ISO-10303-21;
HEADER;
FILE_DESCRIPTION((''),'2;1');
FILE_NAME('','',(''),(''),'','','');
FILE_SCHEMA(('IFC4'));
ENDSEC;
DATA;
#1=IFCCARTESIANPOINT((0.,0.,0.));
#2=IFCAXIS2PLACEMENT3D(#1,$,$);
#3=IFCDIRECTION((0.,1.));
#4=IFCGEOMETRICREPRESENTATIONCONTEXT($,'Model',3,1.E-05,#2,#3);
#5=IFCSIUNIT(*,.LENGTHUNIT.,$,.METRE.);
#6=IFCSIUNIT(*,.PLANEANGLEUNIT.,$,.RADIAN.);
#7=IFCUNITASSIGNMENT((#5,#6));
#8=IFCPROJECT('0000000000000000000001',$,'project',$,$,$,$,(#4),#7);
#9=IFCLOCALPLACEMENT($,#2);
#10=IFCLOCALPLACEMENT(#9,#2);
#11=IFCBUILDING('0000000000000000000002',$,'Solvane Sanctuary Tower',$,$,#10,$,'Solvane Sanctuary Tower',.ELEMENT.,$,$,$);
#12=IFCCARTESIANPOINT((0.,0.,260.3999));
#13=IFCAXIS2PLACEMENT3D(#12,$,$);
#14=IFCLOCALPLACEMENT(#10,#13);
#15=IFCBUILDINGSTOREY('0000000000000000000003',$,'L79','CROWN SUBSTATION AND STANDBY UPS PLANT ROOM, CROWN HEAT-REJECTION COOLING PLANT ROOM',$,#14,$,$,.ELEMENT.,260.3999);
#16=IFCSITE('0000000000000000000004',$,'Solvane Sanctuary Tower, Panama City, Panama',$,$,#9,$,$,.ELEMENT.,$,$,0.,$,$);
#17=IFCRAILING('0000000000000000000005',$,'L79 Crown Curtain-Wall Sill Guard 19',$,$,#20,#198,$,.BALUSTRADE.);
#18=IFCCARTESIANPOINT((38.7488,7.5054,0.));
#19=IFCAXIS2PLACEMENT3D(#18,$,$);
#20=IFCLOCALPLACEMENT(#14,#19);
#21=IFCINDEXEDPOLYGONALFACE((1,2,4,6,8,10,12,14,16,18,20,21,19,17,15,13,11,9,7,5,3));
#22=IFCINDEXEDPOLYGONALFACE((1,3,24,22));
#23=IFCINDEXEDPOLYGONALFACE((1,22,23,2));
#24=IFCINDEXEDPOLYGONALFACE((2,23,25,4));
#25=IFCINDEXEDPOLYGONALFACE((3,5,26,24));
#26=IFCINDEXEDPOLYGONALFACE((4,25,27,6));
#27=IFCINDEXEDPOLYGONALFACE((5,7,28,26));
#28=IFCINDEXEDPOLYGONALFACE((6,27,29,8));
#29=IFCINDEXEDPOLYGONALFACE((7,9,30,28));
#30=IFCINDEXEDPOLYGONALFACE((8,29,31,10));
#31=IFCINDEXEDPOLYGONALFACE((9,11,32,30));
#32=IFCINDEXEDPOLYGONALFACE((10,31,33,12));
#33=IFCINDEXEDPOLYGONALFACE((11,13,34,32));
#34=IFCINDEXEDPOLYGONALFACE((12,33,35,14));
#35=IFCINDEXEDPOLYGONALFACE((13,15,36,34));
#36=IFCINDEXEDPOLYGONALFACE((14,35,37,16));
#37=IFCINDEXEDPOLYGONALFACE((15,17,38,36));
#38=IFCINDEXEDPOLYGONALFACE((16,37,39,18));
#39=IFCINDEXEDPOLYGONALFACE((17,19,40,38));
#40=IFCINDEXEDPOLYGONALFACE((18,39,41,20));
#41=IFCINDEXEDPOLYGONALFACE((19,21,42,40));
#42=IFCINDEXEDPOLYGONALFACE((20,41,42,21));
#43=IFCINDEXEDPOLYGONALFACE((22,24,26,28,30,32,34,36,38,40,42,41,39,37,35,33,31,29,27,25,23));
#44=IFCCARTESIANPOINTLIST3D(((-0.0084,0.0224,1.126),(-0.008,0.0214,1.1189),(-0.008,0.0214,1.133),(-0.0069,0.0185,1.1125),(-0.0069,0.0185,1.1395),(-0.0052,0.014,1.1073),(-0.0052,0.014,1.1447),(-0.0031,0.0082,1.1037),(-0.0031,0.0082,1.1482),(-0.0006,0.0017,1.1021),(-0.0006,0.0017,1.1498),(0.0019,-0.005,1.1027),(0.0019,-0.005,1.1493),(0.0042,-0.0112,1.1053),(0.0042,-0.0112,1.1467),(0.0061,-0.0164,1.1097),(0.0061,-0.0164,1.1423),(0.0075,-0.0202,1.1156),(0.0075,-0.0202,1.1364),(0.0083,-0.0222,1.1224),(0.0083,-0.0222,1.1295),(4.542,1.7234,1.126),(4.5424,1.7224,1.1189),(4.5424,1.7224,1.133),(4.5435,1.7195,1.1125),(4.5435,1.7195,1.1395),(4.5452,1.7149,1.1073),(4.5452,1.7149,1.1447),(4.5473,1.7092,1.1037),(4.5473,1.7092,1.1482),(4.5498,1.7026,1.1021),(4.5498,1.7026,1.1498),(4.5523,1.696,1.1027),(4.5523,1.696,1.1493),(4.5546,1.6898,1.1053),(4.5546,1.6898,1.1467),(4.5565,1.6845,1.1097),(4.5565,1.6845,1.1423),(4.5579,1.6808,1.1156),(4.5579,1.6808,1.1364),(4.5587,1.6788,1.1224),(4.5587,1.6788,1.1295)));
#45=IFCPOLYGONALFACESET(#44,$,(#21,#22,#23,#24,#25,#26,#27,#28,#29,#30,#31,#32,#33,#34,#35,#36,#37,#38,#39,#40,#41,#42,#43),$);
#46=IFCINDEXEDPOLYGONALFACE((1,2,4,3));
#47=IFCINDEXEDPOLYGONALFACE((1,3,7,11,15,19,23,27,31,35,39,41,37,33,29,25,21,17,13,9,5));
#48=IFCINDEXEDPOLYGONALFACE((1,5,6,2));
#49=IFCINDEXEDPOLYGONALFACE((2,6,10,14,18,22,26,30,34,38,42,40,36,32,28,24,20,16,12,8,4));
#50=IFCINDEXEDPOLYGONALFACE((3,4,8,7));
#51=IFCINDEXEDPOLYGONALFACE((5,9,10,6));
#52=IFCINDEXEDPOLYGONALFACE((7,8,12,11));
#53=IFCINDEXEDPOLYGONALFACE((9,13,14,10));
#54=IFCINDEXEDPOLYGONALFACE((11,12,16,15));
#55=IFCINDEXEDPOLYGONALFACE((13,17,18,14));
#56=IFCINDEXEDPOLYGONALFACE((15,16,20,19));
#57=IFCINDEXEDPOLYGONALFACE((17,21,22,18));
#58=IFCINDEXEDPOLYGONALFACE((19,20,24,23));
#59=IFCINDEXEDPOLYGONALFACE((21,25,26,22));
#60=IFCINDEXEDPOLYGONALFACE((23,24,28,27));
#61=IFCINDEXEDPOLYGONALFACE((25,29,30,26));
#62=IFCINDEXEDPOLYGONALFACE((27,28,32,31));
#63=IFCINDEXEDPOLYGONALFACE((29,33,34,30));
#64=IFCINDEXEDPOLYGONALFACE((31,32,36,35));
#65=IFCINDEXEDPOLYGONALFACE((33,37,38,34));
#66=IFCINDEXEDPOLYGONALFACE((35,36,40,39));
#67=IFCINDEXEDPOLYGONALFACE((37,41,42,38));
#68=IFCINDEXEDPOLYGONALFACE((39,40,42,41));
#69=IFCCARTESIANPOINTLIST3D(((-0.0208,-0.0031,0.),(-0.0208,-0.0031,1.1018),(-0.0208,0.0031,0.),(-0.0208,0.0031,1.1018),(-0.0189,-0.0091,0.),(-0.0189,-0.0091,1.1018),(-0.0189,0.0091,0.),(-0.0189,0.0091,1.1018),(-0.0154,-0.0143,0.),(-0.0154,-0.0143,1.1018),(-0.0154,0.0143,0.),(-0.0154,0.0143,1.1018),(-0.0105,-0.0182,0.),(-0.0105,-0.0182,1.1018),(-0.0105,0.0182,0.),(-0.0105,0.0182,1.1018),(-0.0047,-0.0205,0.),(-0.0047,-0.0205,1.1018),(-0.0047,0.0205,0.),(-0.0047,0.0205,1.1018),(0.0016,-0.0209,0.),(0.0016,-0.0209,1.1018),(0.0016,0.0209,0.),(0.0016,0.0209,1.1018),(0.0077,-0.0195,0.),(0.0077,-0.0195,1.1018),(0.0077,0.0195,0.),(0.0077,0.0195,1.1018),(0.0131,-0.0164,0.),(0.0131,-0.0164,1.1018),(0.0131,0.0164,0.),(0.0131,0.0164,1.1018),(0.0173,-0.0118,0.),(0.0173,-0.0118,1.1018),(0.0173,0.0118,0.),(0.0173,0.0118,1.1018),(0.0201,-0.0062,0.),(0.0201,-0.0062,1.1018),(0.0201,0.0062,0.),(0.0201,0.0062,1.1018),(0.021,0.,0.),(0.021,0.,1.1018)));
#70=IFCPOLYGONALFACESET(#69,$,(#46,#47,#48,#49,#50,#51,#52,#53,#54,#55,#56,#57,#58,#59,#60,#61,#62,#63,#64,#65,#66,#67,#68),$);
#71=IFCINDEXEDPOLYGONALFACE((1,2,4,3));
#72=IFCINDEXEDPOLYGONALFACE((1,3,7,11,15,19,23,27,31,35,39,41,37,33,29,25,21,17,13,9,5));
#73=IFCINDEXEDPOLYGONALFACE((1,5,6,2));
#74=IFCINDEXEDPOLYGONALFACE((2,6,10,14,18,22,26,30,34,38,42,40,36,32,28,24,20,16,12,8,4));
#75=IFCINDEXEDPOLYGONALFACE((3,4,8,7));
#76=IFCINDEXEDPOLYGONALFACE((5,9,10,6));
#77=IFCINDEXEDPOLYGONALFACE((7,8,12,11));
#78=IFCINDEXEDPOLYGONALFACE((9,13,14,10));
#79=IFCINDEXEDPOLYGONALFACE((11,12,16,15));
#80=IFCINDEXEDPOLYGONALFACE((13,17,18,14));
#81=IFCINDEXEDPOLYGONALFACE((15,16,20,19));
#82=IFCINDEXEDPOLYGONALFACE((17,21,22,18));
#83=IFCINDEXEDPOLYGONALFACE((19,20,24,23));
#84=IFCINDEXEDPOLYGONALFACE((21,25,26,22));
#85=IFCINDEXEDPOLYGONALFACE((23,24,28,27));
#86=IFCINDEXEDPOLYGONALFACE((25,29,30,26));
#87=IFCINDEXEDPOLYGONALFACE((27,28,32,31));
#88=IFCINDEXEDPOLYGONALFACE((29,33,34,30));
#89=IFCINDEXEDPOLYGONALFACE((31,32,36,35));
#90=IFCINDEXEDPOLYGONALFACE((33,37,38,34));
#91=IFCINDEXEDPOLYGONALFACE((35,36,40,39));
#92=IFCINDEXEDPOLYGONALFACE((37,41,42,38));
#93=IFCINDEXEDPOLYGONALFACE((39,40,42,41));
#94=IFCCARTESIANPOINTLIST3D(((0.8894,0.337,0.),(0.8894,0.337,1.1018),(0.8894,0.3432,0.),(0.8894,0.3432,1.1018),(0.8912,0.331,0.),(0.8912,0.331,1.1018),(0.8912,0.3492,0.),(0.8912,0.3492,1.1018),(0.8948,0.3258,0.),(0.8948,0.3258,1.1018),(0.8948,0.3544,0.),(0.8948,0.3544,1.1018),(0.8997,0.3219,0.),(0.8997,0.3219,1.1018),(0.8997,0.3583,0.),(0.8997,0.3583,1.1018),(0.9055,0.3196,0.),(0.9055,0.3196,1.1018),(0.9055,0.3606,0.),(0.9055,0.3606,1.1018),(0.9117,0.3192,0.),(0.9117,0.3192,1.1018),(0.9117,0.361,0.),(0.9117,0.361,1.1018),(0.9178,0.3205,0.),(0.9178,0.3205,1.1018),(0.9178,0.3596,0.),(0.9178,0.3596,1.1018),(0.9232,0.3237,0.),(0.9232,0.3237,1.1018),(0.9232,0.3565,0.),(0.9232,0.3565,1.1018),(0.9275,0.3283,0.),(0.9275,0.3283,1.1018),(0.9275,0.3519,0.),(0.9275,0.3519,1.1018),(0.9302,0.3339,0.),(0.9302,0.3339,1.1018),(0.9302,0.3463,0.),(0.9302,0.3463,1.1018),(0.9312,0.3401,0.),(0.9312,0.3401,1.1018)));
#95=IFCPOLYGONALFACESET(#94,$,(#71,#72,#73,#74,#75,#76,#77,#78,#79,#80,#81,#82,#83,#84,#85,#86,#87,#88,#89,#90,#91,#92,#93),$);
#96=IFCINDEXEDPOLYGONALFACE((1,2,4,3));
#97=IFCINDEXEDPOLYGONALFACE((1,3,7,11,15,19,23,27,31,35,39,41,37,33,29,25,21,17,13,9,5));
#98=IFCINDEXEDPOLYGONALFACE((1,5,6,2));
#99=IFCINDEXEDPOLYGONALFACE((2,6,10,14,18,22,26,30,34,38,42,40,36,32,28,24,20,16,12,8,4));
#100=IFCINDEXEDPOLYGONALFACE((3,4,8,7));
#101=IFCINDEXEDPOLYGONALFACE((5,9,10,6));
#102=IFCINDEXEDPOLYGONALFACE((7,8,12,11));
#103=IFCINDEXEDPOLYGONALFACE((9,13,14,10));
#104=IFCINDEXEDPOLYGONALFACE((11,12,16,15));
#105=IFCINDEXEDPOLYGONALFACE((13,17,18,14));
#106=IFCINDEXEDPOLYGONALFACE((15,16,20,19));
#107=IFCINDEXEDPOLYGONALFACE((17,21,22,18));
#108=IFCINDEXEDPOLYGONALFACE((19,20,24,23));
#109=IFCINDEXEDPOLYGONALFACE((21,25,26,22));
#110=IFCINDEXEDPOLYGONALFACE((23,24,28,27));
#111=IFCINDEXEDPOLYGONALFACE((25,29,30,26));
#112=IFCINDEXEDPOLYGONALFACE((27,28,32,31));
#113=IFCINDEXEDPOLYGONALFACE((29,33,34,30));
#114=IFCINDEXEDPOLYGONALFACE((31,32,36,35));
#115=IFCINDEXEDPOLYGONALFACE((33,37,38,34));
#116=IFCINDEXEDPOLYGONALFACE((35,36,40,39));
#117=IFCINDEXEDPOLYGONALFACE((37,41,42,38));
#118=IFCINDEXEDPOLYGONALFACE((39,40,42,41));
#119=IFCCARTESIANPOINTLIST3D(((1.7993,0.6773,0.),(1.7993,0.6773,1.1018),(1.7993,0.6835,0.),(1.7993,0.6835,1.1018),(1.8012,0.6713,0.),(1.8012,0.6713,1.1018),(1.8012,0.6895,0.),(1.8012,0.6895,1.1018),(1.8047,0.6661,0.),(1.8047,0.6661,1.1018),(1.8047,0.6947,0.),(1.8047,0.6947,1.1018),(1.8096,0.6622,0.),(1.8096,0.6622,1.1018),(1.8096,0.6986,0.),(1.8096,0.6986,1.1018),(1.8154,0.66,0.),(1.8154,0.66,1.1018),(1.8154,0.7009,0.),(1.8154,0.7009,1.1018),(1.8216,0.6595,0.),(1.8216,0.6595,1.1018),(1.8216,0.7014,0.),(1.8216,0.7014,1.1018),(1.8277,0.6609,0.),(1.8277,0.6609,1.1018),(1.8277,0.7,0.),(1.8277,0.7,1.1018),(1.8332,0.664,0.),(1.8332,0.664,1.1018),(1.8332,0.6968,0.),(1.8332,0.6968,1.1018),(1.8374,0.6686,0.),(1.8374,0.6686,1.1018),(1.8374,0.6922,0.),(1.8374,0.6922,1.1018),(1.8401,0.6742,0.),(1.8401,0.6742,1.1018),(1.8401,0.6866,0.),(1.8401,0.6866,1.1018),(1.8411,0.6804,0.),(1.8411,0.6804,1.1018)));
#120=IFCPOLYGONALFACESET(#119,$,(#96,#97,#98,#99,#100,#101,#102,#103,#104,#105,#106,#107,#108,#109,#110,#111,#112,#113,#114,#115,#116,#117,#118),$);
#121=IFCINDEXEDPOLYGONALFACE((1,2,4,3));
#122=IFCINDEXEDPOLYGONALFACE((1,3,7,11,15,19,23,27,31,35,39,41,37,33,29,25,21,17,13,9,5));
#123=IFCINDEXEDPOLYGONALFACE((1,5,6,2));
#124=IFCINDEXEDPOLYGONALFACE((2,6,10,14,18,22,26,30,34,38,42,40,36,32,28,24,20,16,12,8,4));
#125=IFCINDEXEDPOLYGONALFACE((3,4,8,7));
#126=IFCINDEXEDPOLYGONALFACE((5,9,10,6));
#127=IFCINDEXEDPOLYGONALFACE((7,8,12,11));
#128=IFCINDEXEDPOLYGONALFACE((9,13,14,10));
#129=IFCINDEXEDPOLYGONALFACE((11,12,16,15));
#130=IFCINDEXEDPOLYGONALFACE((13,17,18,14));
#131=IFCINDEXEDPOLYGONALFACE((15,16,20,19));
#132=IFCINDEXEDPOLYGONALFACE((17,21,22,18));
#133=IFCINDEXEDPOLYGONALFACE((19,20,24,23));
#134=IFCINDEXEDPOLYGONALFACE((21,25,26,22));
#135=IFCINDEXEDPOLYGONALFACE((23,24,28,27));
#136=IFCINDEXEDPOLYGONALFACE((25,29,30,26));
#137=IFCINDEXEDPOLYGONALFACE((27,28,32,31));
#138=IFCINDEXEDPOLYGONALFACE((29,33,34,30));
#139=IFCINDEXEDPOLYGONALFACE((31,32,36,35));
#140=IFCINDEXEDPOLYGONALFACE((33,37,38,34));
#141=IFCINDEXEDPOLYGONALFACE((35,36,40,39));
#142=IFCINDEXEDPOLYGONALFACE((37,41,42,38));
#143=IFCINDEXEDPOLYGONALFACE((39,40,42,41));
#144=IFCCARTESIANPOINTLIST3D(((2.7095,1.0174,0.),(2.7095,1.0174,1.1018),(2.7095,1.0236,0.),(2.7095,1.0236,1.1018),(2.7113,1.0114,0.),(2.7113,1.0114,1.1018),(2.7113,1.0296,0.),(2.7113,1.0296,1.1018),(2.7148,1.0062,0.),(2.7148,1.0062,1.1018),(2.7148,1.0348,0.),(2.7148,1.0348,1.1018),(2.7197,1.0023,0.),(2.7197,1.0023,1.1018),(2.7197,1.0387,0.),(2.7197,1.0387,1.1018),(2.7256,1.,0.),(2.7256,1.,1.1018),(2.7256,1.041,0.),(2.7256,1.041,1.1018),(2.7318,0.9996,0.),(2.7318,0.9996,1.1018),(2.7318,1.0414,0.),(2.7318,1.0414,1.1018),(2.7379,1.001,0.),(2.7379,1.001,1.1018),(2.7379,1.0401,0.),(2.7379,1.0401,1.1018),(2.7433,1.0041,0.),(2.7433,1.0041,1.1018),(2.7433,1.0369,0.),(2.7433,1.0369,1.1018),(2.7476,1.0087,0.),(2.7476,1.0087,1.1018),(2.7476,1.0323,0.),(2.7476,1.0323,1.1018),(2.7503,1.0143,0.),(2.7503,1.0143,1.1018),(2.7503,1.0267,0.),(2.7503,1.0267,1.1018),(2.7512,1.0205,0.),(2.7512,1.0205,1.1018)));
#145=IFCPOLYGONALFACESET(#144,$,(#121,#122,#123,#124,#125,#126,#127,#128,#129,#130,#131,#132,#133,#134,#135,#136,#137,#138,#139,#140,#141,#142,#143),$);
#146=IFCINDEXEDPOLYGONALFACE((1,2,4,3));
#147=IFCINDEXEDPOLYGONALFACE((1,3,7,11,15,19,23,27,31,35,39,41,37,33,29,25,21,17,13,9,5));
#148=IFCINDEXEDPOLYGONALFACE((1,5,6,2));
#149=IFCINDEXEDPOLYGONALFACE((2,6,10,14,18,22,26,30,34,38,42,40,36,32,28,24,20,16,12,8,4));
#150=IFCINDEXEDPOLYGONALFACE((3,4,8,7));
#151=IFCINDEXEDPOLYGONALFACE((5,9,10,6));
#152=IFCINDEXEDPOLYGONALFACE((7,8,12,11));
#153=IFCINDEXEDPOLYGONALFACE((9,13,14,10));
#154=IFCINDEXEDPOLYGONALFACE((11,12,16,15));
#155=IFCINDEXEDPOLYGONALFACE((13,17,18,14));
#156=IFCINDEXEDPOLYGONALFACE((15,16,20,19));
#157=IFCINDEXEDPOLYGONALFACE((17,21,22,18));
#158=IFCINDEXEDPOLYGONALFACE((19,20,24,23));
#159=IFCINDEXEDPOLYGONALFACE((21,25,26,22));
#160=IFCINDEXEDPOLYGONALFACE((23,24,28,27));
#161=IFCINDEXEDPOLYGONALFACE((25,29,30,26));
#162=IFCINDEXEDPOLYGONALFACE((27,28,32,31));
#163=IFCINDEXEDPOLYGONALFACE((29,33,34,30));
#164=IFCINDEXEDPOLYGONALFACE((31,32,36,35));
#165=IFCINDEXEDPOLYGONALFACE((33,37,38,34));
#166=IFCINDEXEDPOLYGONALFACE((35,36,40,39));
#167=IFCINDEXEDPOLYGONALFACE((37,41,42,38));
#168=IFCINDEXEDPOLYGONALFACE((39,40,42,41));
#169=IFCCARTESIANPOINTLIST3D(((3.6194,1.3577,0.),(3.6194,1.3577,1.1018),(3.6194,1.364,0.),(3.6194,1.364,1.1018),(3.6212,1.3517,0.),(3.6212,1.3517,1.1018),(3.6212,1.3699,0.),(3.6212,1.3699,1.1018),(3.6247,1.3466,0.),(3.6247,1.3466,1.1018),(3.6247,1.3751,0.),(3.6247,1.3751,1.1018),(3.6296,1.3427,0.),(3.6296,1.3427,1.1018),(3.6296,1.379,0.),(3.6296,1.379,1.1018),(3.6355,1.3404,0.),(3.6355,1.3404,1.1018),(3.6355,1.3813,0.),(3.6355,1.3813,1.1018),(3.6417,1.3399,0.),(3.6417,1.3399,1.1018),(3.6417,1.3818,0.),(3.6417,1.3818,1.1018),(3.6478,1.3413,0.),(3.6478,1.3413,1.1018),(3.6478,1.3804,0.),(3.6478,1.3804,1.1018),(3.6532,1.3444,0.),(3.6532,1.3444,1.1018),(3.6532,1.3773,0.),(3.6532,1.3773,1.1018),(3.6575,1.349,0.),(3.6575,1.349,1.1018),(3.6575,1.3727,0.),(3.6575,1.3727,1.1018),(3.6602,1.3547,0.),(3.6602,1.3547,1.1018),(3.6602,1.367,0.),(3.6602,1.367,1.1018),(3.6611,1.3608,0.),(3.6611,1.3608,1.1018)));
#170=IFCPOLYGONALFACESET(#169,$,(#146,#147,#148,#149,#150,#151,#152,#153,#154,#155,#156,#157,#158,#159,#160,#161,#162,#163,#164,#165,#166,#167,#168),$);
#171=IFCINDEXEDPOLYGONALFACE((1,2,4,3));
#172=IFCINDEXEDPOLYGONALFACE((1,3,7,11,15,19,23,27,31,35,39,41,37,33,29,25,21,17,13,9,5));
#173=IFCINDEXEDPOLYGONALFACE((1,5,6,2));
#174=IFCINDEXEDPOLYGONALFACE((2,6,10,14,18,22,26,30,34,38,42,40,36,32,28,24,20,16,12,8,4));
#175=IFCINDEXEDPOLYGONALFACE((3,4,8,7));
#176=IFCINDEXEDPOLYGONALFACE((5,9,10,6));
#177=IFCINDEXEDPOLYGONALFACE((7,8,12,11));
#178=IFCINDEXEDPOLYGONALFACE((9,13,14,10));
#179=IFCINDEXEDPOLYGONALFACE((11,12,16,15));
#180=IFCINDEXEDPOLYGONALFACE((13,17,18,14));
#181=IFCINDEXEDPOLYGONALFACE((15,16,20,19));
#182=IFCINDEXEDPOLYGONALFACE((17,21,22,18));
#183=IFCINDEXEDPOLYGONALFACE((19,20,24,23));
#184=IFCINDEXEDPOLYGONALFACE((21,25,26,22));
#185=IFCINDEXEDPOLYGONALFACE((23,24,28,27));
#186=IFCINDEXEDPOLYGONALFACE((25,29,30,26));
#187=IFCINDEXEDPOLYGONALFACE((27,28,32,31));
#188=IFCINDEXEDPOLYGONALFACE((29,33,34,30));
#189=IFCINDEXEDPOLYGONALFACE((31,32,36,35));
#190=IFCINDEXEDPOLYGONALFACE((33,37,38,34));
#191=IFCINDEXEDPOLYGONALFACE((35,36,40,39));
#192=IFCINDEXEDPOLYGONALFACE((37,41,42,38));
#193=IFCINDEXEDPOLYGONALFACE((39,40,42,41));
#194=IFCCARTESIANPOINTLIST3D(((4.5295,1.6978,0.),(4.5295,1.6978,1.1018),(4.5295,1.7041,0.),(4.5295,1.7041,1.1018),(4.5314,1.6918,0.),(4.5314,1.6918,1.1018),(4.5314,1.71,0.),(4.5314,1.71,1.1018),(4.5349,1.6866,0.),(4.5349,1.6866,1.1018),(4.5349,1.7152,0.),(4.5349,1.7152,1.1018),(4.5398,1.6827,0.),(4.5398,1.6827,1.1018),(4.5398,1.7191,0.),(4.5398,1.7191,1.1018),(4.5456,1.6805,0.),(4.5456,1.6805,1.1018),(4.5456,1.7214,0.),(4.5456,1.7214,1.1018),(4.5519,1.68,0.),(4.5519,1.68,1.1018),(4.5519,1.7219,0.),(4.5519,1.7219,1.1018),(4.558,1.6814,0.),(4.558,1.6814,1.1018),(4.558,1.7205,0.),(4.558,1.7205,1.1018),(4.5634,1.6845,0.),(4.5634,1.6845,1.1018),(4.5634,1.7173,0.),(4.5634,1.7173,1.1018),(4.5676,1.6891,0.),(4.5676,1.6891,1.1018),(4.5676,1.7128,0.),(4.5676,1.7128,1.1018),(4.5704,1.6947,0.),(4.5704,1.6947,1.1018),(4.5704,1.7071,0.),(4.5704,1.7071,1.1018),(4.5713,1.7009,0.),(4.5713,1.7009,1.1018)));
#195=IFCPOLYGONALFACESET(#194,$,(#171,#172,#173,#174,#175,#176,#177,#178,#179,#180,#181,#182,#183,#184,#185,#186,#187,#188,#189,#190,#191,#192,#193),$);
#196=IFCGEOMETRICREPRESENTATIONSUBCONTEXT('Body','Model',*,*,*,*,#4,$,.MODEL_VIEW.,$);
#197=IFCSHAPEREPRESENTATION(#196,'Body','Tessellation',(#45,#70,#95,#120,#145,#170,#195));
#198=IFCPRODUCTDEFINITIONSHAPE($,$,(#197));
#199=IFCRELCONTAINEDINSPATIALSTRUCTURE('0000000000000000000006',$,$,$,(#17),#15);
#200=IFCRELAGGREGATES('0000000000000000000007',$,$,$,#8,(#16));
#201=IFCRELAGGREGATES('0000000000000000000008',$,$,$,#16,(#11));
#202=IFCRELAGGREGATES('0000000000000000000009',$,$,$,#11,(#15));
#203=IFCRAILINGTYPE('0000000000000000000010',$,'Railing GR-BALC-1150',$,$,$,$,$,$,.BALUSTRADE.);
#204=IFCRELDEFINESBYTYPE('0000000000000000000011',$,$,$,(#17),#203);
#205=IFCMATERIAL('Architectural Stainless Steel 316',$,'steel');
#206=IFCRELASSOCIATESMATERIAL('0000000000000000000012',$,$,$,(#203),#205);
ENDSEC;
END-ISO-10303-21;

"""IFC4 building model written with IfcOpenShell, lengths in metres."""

from ifc_helpers import new_model, si_unit, direction, frame, origin, origin_2d, place, context, subcontext, project, spatial, circle, extrude, material, type_object, element, save


model = new_model("IFC4")

# Units and contexts
model_context = context("Model", 3, precision=1e-05, world=origin(), true_north=direction((0.0, 1.0)))
body_context = subcontext(model_context, "Body", "Model", "MODEL_VIEW")
ifc_project = project(units=[si_unit("LENGTHUNIT", "METRE"), si_unit("PLANEANGLEUNIT", "RADIAN")], contexts=[model_context])

# Site, building, storey
site_placement = place(None, origin())
site = spatial("IfcSite", under=ifc_project, at=site_placement, Name="Solvane Sanctuary Tower, Panama City, Panama", CompositionType="ELEMENT", RefElevation=0.0)
building_placement = place(site_placement, origin())
building = spatial("IfcBuilding", under=site, at=building_placement, Name="Solvane Sanctuary Tower", LongName="Solvane Sanctuary Tower", CompositionType="ELEMENT")
storey_placement = place(building_placement, frame((0.0, 0.0, 260.3999)))
storey = spatial("IfcBuildingStorey", under=building, at=storey_placement, Name="L79", Description="CROWN SUBSTATION AND STANDBY UPS PLANT ROOM, CROWN HEAT-REJECTION COOLING PLANT ROOM", CompositionType="ELEMENT", Elevation=260.3999)

# Shared definitions
ifc_material_1 = material(Name="Architectural Stainless Steel 316", Category="steel")

# Railing
railing_type = type_object("IfcRailingType", Name="Railing GR-BALC-1150", PredefinedType="BALUSTRADE", material=ifc_material_1)
railing_placement = place(storey_placement, frame((38.7488, 7.5054, 0.0)))
element("IfcRailing", 1, at=railing_placement, inside=storey, type_object=railing_type, Name="L79 Crown Curtain-Wall Sill Guard 19", PredefinedType="BALUSTRADE", context=body_context, shape_type="SweptSolid", body=[
    extrude(circle(Radius=0.0239, at=origin_2d()), frame((0.0, 0.0, 1.126), z_axis=(0.936696, 0.350143, 0.0), x_axis=(-0.350143, 0.936696, 0.0)), (0.0, 0.0, 1.0), 4.8579),
    extrude(circle(Radius=0.021, at=origin_2d()), origin(), (0.0, 0.0, 1.0), 1.1018),
    extrude(circle(Radius=0.021, at=origin_2d()), frame((0.9102, 0.3401, 0.0)), (0.0, 0.0, 1.0), 1.1018),
    extrude(circle(Radius=0.021, at=origin_2d()), frame((1.8201, 0.6804, 0.0)), (0.0, 0.0, 1.0), 1.1018),
    extrude(circle(Radius=0.021, at=origin_2d()), frame((2.7302, 1.0205, 0.0)), (0.0, 0.0, 1.0), 1.1018),
    extrude(circle(Radius=0.021, at=origin_2d()), frame((3.6401, 1.3608, 0.0)), (0.0, 0.0, 1.0), 1.1018),
    extrude(circle(Radius=0.021, at=origin_2d()), frame((4.5503, 1.7009, 0.0)), (0.0, 0.0, 1.0), 1.1018),
])

save(model, "model.ifc")
